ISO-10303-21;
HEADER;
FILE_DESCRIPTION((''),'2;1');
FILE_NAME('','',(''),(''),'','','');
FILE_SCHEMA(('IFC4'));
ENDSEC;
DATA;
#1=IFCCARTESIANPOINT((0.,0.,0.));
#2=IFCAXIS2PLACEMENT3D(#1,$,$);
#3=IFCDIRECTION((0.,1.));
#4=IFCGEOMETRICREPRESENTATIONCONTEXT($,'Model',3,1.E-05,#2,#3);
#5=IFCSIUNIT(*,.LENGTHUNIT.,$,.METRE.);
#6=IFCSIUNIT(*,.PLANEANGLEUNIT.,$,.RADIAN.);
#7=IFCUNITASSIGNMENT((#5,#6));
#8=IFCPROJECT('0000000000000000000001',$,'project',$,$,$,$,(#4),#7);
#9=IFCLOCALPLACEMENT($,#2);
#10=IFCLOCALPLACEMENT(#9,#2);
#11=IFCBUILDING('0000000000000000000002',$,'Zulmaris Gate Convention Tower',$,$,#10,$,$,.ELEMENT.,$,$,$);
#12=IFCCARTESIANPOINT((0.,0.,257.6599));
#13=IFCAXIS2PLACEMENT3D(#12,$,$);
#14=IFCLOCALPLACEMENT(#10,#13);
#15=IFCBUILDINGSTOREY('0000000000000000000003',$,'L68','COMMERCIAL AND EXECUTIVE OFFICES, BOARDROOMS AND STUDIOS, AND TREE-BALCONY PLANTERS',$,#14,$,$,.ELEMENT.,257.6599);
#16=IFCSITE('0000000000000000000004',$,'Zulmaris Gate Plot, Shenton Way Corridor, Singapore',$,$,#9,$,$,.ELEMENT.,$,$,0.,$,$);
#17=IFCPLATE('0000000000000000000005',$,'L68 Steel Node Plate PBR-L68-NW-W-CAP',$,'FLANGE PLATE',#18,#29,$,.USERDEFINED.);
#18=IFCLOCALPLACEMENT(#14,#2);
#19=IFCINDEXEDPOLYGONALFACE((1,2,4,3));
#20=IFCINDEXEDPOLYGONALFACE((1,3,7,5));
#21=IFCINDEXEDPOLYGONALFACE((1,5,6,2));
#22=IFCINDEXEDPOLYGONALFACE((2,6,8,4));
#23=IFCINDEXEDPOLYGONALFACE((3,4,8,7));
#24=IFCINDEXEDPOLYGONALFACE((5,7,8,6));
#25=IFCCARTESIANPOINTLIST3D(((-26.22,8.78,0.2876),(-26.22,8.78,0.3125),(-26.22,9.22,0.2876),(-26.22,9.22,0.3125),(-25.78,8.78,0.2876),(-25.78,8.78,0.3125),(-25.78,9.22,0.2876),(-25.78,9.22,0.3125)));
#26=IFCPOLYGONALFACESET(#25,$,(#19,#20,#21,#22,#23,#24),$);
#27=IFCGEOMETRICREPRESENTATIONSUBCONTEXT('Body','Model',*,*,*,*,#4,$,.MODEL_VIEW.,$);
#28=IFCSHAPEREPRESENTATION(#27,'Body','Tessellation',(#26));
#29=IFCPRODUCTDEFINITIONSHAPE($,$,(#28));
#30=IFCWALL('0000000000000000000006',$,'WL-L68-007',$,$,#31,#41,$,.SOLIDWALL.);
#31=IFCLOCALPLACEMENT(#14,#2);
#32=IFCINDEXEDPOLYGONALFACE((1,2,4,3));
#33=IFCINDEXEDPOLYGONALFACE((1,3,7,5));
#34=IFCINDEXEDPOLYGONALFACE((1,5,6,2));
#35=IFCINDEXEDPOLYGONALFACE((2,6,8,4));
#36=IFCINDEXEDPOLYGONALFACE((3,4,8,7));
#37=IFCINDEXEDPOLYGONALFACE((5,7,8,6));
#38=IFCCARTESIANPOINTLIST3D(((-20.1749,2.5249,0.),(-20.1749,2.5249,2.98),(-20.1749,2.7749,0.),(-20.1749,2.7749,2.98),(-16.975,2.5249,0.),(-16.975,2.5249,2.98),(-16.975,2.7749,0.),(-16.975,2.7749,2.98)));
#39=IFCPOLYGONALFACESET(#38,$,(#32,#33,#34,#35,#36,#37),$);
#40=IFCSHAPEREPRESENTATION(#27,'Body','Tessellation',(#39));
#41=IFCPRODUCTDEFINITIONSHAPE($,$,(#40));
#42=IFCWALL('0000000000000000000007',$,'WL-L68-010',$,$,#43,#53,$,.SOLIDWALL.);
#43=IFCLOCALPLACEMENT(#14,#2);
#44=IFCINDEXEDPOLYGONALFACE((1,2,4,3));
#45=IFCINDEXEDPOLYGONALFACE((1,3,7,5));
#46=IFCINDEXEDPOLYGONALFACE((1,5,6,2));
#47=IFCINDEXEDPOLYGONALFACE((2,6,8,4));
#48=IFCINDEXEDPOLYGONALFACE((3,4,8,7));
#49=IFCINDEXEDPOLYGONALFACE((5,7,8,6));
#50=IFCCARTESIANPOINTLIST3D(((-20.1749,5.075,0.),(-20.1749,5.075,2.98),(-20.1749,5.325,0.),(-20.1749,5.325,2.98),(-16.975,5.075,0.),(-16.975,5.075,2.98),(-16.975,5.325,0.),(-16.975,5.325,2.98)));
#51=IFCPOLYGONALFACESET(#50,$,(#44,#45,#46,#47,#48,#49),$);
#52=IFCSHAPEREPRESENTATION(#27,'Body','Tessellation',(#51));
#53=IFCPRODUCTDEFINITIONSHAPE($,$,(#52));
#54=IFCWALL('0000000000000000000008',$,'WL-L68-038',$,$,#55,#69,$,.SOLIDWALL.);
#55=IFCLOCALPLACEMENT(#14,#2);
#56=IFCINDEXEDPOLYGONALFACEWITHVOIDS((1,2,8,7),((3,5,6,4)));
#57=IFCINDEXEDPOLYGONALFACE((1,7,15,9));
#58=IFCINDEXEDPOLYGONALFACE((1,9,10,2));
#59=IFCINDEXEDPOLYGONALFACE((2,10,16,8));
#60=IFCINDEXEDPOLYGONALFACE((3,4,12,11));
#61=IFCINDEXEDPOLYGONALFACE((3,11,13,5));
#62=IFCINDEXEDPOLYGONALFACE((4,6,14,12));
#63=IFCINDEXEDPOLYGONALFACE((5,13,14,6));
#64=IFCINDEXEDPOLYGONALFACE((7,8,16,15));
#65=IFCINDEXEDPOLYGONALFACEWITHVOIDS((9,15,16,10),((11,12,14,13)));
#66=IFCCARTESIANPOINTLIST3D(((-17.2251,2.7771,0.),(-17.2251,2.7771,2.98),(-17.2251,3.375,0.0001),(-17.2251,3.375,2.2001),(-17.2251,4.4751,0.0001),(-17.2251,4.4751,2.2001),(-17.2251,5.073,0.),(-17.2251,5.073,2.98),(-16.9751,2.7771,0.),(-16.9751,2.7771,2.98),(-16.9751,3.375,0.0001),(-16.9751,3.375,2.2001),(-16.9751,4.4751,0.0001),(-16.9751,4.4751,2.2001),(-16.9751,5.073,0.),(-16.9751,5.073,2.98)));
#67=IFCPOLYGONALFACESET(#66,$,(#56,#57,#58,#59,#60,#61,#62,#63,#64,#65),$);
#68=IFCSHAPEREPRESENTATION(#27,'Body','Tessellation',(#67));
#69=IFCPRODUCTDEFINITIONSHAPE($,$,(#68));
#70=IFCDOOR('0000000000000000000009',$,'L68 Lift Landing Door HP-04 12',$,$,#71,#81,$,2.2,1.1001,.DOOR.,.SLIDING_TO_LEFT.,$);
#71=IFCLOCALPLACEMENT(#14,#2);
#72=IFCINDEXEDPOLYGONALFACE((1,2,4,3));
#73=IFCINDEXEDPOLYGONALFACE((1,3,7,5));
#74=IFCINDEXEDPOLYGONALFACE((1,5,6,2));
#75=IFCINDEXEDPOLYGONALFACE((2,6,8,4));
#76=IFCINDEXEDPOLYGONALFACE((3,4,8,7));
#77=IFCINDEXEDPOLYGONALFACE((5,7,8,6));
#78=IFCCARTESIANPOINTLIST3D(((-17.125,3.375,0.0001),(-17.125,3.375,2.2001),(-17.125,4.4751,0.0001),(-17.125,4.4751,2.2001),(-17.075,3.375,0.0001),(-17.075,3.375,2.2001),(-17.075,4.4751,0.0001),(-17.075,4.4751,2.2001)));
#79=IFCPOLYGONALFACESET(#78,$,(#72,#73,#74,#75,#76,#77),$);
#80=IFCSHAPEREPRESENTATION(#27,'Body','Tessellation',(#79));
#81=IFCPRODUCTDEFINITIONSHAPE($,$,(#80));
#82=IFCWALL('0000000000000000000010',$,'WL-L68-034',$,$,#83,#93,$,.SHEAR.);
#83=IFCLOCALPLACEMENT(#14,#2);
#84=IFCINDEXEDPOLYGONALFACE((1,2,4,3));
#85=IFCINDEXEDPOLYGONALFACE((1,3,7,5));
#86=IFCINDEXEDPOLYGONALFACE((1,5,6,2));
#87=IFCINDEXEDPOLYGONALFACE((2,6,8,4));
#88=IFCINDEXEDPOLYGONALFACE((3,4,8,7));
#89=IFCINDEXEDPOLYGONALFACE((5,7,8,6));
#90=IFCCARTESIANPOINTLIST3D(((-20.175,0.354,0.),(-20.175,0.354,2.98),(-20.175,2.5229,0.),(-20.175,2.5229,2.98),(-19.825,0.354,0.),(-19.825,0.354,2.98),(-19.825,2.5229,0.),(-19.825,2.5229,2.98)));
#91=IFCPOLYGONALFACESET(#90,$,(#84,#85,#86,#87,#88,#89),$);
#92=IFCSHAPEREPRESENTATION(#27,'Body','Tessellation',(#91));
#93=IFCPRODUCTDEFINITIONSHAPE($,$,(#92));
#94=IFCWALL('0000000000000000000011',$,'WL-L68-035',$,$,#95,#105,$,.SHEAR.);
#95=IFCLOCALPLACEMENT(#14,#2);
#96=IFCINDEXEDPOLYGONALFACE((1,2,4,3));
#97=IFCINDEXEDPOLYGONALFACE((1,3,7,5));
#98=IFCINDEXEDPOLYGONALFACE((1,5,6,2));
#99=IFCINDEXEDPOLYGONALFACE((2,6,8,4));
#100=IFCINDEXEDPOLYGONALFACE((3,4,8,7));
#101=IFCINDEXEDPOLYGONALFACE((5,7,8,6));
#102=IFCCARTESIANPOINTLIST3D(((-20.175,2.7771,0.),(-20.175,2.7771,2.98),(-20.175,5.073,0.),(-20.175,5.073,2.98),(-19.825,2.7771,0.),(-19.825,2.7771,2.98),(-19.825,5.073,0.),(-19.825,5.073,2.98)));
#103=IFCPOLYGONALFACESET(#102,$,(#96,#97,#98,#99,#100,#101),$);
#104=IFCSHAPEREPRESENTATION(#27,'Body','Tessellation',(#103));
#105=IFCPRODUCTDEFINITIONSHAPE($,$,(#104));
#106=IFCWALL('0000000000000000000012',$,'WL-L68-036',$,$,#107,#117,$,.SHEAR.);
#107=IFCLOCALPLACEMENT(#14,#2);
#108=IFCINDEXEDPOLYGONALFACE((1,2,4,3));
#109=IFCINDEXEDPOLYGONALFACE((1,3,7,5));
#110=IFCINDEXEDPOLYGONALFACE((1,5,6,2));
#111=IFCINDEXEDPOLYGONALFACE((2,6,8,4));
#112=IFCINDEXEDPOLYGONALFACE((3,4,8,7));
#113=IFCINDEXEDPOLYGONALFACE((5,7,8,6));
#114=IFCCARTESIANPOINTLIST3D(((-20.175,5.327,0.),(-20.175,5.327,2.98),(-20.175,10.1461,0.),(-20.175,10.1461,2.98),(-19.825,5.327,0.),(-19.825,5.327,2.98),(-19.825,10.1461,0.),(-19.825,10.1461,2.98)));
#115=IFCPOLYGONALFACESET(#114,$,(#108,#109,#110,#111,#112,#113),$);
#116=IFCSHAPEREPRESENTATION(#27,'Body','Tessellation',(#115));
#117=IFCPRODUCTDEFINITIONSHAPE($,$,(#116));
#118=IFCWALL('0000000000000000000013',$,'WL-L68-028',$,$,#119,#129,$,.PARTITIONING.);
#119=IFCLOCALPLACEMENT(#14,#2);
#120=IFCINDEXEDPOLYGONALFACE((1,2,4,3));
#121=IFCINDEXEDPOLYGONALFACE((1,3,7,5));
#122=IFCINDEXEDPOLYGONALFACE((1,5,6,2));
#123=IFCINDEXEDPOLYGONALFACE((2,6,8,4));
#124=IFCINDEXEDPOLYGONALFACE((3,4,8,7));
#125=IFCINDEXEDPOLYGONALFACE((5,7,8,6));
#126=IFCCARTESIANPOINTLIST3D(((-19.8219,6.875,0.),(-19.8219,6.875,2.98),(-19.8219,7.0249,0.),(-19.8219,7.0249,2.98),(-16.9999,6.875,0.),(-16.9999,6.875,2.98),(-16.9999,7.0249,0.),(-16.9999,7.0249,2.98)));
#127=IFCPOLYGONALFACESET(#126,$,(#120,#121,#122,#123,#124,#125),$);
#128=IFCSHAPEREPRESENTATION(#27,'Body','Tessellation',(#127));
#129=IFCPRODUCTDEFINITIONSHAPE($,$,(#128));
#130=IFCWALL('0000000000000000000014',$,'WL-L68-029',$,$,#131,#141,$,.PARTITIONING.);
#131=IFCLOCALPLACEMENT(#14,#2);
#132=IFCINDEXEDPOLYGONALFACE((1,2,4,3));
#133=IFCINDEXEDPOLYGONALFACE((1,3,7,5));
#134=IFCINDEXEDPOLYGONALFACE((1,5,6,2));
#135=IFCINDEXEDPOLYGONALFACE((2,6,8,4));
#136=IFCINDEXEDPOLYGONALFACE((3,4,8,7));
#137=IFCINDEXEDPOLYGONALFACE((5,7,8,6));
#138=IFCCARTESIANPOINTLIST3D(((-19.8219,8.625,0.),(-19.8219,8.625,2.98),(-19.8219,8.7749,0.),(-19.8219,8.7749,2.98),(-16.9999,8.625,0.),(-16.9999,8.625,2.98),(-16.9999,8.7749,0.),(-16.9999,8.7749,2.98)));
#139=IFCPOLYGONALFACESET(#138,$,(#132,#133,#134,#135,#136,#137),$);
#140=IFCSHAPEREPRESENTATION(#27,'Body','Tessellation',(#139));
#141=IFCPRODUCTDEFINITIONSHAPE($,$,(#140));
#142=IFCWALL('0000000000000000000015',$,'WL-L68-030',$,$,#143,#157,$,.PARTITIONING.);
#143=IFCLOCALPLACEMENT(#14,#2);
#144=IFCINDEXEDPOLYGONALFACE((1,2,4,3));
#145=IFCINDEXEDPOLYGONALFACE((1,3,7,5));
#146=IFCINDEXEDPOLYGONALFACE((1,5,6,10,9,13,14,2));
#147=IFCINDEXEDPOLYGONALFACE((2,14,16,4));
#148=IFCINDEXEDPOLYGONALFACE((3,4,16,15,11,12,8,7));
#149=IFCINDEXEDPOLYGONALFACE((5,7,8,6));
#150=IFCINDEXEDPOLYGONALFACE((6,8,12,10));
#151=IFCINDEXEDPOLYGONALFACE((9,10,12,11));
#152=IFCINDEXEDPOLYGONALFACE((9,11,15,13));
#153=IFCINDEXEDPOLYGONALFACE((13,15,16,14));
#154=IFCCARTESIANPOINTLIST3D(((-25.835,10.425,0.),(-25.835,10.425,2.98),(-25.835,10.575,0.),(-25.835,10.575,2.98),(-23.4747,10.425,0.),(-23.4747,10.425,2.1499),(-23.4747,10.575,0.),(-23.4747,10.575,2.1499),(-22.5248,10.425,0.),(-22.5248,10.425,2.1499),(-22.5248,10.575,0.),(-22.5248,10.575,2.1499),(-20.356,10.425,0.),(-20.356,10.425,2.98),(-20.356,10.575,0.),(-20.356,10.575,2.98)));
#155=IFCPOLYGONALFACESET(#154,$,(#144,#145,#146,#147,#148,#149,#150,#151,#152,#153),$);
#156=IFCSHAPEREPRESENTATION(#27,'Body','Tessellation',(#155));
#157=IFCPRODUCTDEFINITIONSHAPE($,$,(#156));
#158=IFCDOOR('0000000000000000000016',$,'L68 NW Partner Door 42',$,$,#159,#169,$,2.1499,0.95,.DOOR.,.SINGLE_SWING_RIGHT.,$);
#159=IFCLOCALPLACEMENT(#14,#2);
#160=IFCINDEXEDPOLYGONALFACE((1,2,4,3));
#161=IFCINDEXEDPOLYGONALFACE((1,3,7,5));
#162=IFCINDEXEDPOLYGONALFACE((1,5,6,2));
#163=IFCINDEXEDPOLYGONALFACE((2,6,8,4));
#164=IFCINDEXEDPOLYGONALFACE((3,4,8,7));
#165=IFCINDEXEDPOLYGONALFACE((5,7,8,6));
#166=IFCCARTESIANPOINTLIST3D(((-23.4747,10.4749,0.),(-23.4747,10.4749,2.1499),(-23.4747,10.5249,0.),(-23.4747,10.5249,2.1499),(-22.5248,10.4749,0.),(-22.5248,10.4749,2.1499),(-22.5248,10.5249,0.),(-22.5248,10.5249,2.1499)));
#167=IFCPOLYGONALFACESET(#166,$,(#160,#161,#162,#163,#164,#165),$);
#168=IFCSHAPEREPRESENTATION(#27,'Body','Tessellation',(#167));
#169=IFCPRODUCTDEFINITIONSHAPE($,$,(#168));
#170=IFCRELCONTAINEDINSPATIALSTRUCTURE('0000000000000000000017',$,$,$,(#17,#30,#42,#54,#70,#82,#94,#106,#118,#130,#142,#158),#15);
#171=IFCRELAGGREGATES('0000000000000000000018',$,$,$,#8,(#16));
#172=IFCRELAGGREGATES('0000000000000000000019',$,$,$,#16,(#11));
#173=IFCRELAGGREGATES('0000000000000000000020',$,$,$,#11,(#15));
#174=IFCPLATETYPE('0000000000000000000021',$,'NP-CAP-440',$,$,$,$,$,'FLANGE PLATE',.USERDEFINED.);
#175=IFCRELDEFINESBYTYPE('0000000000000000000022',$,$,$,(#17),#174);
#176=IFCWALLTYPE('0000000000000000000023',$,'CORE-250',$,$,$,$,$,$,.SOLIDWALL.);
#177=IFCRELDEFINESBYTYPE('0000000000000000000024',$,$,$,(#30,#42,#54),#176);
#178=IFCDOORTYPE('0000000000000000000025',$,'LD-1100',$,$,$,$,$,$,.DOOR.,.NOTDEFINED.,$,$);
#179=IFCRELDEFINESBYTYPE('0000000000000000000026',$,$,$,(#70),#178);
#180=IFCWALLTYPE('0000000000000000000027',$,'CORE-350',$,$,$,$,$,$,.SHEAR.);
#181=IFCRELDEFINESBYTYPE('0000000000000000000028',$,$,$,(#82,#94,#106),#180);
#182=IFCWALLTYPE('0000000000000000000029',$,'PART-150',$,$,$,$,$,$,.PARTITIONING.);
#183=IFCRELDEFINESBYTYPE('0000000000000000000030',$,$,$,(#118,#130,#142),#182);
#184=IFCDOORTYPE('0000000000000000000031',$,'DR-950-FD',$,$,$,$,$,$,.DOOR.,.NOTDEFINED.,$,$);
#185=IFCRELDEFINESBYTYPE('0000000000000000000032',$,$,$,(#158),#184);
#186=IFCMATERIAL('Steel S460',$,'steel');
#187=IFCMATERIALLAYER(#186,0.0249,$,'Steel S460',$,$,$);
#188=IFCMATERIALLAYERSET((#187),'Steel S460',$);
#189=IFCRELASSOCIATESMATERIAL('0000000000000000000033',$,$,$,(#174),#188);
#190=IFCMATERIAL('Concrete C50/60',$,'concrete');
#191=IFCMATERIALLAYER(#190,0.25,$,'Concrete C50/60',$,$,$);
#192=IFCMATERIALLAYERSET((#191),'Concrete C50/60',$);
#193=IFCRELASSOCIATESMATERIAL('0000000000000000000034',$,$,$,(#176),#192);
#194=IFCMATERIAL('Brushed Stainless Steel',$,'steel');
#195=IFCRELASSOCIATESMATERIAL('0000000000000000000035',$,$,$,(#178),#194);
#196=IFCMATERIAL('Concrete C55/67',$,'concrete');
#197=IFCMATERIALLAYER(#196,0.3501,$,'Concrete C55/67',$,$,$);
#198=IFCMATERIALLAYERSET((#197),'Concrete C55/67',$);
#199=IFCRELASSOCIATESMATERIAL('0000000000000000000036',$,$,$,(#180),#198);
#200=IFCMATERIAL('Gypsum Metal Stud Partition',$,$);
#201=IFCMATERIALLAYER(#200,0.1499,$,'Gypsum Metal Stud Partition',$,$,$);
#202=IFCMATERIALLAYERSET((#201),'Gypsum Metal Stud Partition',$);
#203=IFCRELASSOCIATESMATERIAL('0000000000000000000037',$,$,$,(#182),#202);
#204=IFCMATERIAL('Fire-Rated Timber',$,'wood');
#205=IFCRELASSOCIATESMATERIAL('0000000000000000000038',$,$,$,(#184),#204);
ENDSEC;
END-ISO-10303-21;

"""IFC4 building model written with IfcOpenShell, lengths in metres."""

from ifc_helpers import new_model, si_unit, direction, frame, frame_2d, origin, origin_2d, place, context, subcontext, project, spatial, rectangle, extrude, material, layer, layer_set, type_object, element, fill, save


model = new_model("IFC4")

# Units and contexts
model_context = context("Model", 3, precision=1e-05, world=origin(), true_north=direction((0.0, 1.0)))
body_context = subcontext(model_context, "Body", "Model", "MODEL_VIEW")
ifc_project = project(units=[si_unit("LENGTHUNIT", "METRE"), si_unit("PLANEANGLEUNIT", "RADIAN")], contexts=[model_context])

# Site, building, storey
site_placement = place(None, origin())
site = spatial("IfcSite", under=ifc_project, at=site_placement, Name="Zulmaris Gate Plot, Shenton Way Corridor, Singapore", CompositionType="ELEMENT", RefElevation=0.0)
building_placement = place(site_placement, origin())
building = spatial("IfcBuilding", under=site, at=building_placement, Name="Zulmaris Gate Convention Tower", CompositionType="ELEMENT")
storey_placement = place(building_placement, frame((0.0, 0.0, 257.6599)))
storey = spatial("IfcBuildingStorey", under=building, at=storey_placement, Name="L68", Description="COMMERCIAL AND EXECUTIVE OFFICES, BOARDROOMS AND STUDIOS, AND TREE-BALCONY PLANTERS", CompositionType="ELEMENT", Elevation=257.6599)

# Plate
ifc_material_1 = material(Name="Steel S460", Category="steel")
ifc_layer_1 = layer(ifc_material_1, 0.0249, Name="Steel S460")
ifc_layer_set_1 = layer_set([ifc_layer_1], Name="Steel S460")
plate_type = type_object("IfcPlateType", Name="NP-CAP-440", ElementType="FLANGE PLATE", PredefinedType="USERDEFINED", material=ifc_layer_set_1)
plate_placement = place(storey_placement, frame((-26.0, 9.0, 0.2876), z_axis=(0.0, 0.0, 1.0), x_axis=(1.0, 0.0, 0.0)))
element("IfcPlate", 1, at=plate_placement, inside=storey, type_object=plate_type, Name="L68 Steel Node Plate PBR-L68-NW-W-CAP", ObjectType="FLANGE PLATE", PredefinedType="USERDEFINED", context=body_context, shape_type="SweptSolid", body=[
    extrude(rectangle(XDim=0.4399, YDim=0.4399, at=origin_2d()), origin(), (0.0, 0.0, 1.0), 0.0249),
])

# Walls
ifc_material_2 = material(Name="Concrete C50/60", Category="concrete")
ifc_layer_2 = layer(ifc_material_2, 0.25, Name="Concrete C50/60")
ifc_layer_set_2 = layer_set([ifc_layer_2], Name="Concrete C50/60")
wall_type_1 = type_object("IfcWallType", Name="CORE-250", PredefinedType="SOLIDWALL", material=ifc_layer_set_2)
for number, where, z_axis, x_axis, name in (
    (2, (-20.175, 2.6499, 0.0), (0.0, 0.0, 1.0), (1.0, 0.0, 0.0), "WL-L68-007"),
    (3, (-20.175, 5.2, 0.0), (0.0, 0.0, 1.0), (1.0, 0.0, 0.0), "WL-L68-010"),
):
    element("IfcWall", number, at=place(storey_placement, frame(where, z_axis=z_axis, x_axis=x_axis)), inside=storey, type_object=wall_type_1, Name=name, PredefinedType="SOLIDWALL", context=body_context, shape_type="SweptSolid", body=[
        extrude(rectangle(XDim=3.2, YDim=0.25, at=frame_2d((1.6001, 0.0))), origin(), (0.0, 0.0, 1.0), 2.98),
    ])

# Wall, opening, door
wall_1_placement = place(storey_placement, frame((-17.1001, 2.7771, 0.0), z_axis=(0.0, 0.0, 1.0), x_axis=(0.0, 1.0, 0.0)))
wall_1 = element("IfcWall", 4, at=wall_1_placement, inside=storey, type_object=wall_type_1, Name="WL-L68-038", PredefinedType="SOLIDWALL", context=body_context, shape_type="SweptSolid", body=[
    extrude(rectangle(XDim=2.2959, YDim=0.25, at=frame_2d((1.1479, 0.0))), origin(), (0.0, 0.0, 1.0), 2.98),
])
opening_1_placement = place(wall_1_placement, frame((0.5979, 0.0, 0.0)))
opening_1 = element("IfcOpeningElement", 5, at=opening_1_placement, cuts=wall_1, PredefinedType="OPENING", context=body_context, shape_type="SweptSolid", body=[
    extrude(rectangle(XDim=1.1001, YDim=2.2, at=frame_2d((0.55, 1.1001))), frame((0.0, 0.135, 0.0), z_axis=(0.0, -1.0, 0.0), x_axis=(1.0, 0.0, 0.0)), (0.0, 0.0, 1.0), 0.27),
])
ifc_material_3 = material(Name="Brushed Stainless Steel", Category="steel")
door_type_1 = type_object("IfcDoorType", Name="LD-1100", OperationType="NOTDEFINED", PredefinedType="DOOR", material=ifc_material_3)
door_1_placement = place(opening_1_placement, origin())
door_1 = element("IfcDoor", 6, at=door_1_placement, inside=storey, type_object=door_type_1, Name="L68 Lift Landing Door HP-04 12", OperationType="SLIDING_TO_LEFT", OverallHeight=2.2, OverallWidth=1.1001, PredefinedType="DOOR", context=body_context, shape_type="SweptSolid", body=[
    extrude(rectangle(XDim=1.1001, YDim=2.2, at=frame_2d((0.55, 1.1001))), frame((0.0, 0.0249, 0.0), z_axis=(0.0, -1.0, 0.0), x_axis=(1.0, 0.0, 0.0)), (0.0, 0.0, 1.0), 0.05),
])
fill(opening_1, door_1)

# Walls
ifc_material_4 = material(Name="Concrete C55/67", Category="concrete")
ifc_layer_3 = layer(ifc_material_4, 0.3501, Name="Concrete C55/67")
ifc_layer_set_3 = layer_set([ifc_layer_3], Name="Concrete C55/67")
wall_type_2 = type_object("IfcWallType", Name="CORE-350", PredefinedType="SHEAR", material=ifc_layer_set_3)
wall_2_placement = place(storey_placement, frame((-20.0, 0.354, 0.0), z_axis=(0.0, 0.0, 1.0), x_axis=(0.0, 1.0, 0.0)))
element("IfcWall", 7, at=wall_2_placement, inside=storey, type_object=wall_type_2, Name="WL-L68-034", PredefinedType="SHEAR", context=body_context, shape_type="SweptSolid", body=[
    extrude(rectangle(XDim=2.1689, YDim=0.3501, at=frame_2d((1.0845, 0.0))), origin(), (0.0, 0.0, 1.0), 2.98),
])
wall_3_placement = place(storey_placement, frame((-20.0, 2.7771, 0.0), z_axis=(0.0, 0.0, 1.0), x_axis=(0.0, 1.0, 0.0)))
element("IfcWall", 8, at=wall_3_placement, inside=storey, type_object=wall_type_2, Name="WL-L68-035", PredefinedType="SHEAR", context=body_context, shape_type="SweptSolid", body=[
    extrude(rectangle(XDim=2.2959, YDim=0.3501, at=frame_2d((1.1479, 0.0))), origin(), (0.0, 0.0, 1.0), 2.98),
])
wall_4_placement = place(storey_placement, frame((-20.0, 5.3269, 0.0), z_axis=(0.0, 0.0, 1.0), x_axis=(0.0, 1.0, 0.0)))
element("IfcWall", 9, at=wall_4_placement, inside=storey, type_object=wall_type_2, Name="WL-L68-036", PredefinedType="SHEAR", context=body_context, shape_type="SweptSolid", body=[
    extrude(rectangle(XDim=4.8191, YDim=0.3501, at=frame_2d((2.4097, 0.0))), origin(), (0.0, 0.0, 1.0), 2.98),
])
ifc_material_5 = material(Name="Gypsum Metal Stud Partition")
ifc_layer_4 = layer(ifc_material_5, 0.1499, Name="Gypsum Metal Stud Partition")
ifc_layer_set_4 = layer_set([ifc_layer_4], Name="Gypsum Metal Stud Partition")
wall_type_3 = type_object("IfcWallType", Name="PART-150", PredefinedType="PARTITIONING", material=ifc_layer_set_4)
for number, where, z_axis, x_axis, name in (
    (10, (-19.822, 6.95, 0.0), (0.0, 0.0, 1.0), (1.0, 0.0, 0.0), "WL-L68-028"),
    (11, (-19.822, 8.7, 0.0), (0.0, 0.0, 1.0), (1.0, 0.0, 0.0), "WL-L68-029"),
):
    element("IfcWall", number, at=place(storey_placement, frame(where, z_axis=z_axis, x_axis=x_axis)), inside=storey, type_object=wall_type_3, Name=name, PredefinedType="PARTITIONING", context=body_context, shape_type="SweptSolid", body=[
        extrude(rectangle(XDim=2.822, YDim=0.1499, at=frame_2d((1.4111, 0.0))), origin(), (0.0, 0.0, 1.0), 2.98),
    ])

# Wall, opening, door
wall_5_placement = place(storey_placement, frame((-25.835, 10.5, 0.0), z_axis=(0.0, 0.0, 1.0), x_axis=(1.0, 0.0, 0.0)))
wall_5 = element("IfcWall", 12, at=wall_5_placement, inside=storey, type_object=wall_type_3, Name="WL-L68-030", PredefinedType="PARTITIONING", context=body_context, shape_type="SweptSolid", body=[
    extrude(rectangle(XDim=5.479, YDim=0.1499, at=frame_2d((2.7395, 0.0))), origin(), (0.0, 0.0, 1.0), 2.98),
])
opening_2_placement = place(wall_5_placement, frame((2.3601, 0.0, 0.0)))
opening_2 = element("IfcOpeningElement", 13, at=opening_2_placement, cuts=wall_5, PredefinedType="OPENING", context=body_context, shape_type="SweptSolid", body=[
    extrude(rectangle(XDim=0.95, YDim=2.1499, at=frame_2d((0.4751, 1.075))), frame((0.0, 0.085, 0.0), z_axis=(0.0, -1.0, 0.0), x_axis=(1.0, 0.0, 0.0)), (0.0, 0.0, 1.0), 0.1699),
])
ifc_material_6 = material(Name="Fire-Rated Timber", Category="wood")
door_type_2 = type_object("IfcDoorType", Name="DR-950-FD", OperationType="NOTDEFINED", PredefinedType="DOOR", material=ifc_material_6)
door_2_placement = place(opening_2_placement, origin())
door_2 = element("IfcDoor", 14, at=door_2_placement, inside=storey, type_object=door_type_2, Name="L68 NW Partner Door 42", OperationType="SINGLE_SWING_RIGHT", OverallHeight=2.1499, OverallWidth=0.95, PredefinedType="DOOR", context=body_context, shape_type="SweptSolid", body=[
    extrude(rectangle(XDim=0.95, YDim=2.1499, at=frame_2d((0.4751, 1.075))), frame((0.0, 0.0249, 0.0), z_axis=(0.0, -1.0, 0.0), x_axis=(1.0, 0.0, 0.0)), (0.0, 0.0, 1.0), 0.05),
])
fill(opening_2, door_2)

save(model, "model.ifc")
